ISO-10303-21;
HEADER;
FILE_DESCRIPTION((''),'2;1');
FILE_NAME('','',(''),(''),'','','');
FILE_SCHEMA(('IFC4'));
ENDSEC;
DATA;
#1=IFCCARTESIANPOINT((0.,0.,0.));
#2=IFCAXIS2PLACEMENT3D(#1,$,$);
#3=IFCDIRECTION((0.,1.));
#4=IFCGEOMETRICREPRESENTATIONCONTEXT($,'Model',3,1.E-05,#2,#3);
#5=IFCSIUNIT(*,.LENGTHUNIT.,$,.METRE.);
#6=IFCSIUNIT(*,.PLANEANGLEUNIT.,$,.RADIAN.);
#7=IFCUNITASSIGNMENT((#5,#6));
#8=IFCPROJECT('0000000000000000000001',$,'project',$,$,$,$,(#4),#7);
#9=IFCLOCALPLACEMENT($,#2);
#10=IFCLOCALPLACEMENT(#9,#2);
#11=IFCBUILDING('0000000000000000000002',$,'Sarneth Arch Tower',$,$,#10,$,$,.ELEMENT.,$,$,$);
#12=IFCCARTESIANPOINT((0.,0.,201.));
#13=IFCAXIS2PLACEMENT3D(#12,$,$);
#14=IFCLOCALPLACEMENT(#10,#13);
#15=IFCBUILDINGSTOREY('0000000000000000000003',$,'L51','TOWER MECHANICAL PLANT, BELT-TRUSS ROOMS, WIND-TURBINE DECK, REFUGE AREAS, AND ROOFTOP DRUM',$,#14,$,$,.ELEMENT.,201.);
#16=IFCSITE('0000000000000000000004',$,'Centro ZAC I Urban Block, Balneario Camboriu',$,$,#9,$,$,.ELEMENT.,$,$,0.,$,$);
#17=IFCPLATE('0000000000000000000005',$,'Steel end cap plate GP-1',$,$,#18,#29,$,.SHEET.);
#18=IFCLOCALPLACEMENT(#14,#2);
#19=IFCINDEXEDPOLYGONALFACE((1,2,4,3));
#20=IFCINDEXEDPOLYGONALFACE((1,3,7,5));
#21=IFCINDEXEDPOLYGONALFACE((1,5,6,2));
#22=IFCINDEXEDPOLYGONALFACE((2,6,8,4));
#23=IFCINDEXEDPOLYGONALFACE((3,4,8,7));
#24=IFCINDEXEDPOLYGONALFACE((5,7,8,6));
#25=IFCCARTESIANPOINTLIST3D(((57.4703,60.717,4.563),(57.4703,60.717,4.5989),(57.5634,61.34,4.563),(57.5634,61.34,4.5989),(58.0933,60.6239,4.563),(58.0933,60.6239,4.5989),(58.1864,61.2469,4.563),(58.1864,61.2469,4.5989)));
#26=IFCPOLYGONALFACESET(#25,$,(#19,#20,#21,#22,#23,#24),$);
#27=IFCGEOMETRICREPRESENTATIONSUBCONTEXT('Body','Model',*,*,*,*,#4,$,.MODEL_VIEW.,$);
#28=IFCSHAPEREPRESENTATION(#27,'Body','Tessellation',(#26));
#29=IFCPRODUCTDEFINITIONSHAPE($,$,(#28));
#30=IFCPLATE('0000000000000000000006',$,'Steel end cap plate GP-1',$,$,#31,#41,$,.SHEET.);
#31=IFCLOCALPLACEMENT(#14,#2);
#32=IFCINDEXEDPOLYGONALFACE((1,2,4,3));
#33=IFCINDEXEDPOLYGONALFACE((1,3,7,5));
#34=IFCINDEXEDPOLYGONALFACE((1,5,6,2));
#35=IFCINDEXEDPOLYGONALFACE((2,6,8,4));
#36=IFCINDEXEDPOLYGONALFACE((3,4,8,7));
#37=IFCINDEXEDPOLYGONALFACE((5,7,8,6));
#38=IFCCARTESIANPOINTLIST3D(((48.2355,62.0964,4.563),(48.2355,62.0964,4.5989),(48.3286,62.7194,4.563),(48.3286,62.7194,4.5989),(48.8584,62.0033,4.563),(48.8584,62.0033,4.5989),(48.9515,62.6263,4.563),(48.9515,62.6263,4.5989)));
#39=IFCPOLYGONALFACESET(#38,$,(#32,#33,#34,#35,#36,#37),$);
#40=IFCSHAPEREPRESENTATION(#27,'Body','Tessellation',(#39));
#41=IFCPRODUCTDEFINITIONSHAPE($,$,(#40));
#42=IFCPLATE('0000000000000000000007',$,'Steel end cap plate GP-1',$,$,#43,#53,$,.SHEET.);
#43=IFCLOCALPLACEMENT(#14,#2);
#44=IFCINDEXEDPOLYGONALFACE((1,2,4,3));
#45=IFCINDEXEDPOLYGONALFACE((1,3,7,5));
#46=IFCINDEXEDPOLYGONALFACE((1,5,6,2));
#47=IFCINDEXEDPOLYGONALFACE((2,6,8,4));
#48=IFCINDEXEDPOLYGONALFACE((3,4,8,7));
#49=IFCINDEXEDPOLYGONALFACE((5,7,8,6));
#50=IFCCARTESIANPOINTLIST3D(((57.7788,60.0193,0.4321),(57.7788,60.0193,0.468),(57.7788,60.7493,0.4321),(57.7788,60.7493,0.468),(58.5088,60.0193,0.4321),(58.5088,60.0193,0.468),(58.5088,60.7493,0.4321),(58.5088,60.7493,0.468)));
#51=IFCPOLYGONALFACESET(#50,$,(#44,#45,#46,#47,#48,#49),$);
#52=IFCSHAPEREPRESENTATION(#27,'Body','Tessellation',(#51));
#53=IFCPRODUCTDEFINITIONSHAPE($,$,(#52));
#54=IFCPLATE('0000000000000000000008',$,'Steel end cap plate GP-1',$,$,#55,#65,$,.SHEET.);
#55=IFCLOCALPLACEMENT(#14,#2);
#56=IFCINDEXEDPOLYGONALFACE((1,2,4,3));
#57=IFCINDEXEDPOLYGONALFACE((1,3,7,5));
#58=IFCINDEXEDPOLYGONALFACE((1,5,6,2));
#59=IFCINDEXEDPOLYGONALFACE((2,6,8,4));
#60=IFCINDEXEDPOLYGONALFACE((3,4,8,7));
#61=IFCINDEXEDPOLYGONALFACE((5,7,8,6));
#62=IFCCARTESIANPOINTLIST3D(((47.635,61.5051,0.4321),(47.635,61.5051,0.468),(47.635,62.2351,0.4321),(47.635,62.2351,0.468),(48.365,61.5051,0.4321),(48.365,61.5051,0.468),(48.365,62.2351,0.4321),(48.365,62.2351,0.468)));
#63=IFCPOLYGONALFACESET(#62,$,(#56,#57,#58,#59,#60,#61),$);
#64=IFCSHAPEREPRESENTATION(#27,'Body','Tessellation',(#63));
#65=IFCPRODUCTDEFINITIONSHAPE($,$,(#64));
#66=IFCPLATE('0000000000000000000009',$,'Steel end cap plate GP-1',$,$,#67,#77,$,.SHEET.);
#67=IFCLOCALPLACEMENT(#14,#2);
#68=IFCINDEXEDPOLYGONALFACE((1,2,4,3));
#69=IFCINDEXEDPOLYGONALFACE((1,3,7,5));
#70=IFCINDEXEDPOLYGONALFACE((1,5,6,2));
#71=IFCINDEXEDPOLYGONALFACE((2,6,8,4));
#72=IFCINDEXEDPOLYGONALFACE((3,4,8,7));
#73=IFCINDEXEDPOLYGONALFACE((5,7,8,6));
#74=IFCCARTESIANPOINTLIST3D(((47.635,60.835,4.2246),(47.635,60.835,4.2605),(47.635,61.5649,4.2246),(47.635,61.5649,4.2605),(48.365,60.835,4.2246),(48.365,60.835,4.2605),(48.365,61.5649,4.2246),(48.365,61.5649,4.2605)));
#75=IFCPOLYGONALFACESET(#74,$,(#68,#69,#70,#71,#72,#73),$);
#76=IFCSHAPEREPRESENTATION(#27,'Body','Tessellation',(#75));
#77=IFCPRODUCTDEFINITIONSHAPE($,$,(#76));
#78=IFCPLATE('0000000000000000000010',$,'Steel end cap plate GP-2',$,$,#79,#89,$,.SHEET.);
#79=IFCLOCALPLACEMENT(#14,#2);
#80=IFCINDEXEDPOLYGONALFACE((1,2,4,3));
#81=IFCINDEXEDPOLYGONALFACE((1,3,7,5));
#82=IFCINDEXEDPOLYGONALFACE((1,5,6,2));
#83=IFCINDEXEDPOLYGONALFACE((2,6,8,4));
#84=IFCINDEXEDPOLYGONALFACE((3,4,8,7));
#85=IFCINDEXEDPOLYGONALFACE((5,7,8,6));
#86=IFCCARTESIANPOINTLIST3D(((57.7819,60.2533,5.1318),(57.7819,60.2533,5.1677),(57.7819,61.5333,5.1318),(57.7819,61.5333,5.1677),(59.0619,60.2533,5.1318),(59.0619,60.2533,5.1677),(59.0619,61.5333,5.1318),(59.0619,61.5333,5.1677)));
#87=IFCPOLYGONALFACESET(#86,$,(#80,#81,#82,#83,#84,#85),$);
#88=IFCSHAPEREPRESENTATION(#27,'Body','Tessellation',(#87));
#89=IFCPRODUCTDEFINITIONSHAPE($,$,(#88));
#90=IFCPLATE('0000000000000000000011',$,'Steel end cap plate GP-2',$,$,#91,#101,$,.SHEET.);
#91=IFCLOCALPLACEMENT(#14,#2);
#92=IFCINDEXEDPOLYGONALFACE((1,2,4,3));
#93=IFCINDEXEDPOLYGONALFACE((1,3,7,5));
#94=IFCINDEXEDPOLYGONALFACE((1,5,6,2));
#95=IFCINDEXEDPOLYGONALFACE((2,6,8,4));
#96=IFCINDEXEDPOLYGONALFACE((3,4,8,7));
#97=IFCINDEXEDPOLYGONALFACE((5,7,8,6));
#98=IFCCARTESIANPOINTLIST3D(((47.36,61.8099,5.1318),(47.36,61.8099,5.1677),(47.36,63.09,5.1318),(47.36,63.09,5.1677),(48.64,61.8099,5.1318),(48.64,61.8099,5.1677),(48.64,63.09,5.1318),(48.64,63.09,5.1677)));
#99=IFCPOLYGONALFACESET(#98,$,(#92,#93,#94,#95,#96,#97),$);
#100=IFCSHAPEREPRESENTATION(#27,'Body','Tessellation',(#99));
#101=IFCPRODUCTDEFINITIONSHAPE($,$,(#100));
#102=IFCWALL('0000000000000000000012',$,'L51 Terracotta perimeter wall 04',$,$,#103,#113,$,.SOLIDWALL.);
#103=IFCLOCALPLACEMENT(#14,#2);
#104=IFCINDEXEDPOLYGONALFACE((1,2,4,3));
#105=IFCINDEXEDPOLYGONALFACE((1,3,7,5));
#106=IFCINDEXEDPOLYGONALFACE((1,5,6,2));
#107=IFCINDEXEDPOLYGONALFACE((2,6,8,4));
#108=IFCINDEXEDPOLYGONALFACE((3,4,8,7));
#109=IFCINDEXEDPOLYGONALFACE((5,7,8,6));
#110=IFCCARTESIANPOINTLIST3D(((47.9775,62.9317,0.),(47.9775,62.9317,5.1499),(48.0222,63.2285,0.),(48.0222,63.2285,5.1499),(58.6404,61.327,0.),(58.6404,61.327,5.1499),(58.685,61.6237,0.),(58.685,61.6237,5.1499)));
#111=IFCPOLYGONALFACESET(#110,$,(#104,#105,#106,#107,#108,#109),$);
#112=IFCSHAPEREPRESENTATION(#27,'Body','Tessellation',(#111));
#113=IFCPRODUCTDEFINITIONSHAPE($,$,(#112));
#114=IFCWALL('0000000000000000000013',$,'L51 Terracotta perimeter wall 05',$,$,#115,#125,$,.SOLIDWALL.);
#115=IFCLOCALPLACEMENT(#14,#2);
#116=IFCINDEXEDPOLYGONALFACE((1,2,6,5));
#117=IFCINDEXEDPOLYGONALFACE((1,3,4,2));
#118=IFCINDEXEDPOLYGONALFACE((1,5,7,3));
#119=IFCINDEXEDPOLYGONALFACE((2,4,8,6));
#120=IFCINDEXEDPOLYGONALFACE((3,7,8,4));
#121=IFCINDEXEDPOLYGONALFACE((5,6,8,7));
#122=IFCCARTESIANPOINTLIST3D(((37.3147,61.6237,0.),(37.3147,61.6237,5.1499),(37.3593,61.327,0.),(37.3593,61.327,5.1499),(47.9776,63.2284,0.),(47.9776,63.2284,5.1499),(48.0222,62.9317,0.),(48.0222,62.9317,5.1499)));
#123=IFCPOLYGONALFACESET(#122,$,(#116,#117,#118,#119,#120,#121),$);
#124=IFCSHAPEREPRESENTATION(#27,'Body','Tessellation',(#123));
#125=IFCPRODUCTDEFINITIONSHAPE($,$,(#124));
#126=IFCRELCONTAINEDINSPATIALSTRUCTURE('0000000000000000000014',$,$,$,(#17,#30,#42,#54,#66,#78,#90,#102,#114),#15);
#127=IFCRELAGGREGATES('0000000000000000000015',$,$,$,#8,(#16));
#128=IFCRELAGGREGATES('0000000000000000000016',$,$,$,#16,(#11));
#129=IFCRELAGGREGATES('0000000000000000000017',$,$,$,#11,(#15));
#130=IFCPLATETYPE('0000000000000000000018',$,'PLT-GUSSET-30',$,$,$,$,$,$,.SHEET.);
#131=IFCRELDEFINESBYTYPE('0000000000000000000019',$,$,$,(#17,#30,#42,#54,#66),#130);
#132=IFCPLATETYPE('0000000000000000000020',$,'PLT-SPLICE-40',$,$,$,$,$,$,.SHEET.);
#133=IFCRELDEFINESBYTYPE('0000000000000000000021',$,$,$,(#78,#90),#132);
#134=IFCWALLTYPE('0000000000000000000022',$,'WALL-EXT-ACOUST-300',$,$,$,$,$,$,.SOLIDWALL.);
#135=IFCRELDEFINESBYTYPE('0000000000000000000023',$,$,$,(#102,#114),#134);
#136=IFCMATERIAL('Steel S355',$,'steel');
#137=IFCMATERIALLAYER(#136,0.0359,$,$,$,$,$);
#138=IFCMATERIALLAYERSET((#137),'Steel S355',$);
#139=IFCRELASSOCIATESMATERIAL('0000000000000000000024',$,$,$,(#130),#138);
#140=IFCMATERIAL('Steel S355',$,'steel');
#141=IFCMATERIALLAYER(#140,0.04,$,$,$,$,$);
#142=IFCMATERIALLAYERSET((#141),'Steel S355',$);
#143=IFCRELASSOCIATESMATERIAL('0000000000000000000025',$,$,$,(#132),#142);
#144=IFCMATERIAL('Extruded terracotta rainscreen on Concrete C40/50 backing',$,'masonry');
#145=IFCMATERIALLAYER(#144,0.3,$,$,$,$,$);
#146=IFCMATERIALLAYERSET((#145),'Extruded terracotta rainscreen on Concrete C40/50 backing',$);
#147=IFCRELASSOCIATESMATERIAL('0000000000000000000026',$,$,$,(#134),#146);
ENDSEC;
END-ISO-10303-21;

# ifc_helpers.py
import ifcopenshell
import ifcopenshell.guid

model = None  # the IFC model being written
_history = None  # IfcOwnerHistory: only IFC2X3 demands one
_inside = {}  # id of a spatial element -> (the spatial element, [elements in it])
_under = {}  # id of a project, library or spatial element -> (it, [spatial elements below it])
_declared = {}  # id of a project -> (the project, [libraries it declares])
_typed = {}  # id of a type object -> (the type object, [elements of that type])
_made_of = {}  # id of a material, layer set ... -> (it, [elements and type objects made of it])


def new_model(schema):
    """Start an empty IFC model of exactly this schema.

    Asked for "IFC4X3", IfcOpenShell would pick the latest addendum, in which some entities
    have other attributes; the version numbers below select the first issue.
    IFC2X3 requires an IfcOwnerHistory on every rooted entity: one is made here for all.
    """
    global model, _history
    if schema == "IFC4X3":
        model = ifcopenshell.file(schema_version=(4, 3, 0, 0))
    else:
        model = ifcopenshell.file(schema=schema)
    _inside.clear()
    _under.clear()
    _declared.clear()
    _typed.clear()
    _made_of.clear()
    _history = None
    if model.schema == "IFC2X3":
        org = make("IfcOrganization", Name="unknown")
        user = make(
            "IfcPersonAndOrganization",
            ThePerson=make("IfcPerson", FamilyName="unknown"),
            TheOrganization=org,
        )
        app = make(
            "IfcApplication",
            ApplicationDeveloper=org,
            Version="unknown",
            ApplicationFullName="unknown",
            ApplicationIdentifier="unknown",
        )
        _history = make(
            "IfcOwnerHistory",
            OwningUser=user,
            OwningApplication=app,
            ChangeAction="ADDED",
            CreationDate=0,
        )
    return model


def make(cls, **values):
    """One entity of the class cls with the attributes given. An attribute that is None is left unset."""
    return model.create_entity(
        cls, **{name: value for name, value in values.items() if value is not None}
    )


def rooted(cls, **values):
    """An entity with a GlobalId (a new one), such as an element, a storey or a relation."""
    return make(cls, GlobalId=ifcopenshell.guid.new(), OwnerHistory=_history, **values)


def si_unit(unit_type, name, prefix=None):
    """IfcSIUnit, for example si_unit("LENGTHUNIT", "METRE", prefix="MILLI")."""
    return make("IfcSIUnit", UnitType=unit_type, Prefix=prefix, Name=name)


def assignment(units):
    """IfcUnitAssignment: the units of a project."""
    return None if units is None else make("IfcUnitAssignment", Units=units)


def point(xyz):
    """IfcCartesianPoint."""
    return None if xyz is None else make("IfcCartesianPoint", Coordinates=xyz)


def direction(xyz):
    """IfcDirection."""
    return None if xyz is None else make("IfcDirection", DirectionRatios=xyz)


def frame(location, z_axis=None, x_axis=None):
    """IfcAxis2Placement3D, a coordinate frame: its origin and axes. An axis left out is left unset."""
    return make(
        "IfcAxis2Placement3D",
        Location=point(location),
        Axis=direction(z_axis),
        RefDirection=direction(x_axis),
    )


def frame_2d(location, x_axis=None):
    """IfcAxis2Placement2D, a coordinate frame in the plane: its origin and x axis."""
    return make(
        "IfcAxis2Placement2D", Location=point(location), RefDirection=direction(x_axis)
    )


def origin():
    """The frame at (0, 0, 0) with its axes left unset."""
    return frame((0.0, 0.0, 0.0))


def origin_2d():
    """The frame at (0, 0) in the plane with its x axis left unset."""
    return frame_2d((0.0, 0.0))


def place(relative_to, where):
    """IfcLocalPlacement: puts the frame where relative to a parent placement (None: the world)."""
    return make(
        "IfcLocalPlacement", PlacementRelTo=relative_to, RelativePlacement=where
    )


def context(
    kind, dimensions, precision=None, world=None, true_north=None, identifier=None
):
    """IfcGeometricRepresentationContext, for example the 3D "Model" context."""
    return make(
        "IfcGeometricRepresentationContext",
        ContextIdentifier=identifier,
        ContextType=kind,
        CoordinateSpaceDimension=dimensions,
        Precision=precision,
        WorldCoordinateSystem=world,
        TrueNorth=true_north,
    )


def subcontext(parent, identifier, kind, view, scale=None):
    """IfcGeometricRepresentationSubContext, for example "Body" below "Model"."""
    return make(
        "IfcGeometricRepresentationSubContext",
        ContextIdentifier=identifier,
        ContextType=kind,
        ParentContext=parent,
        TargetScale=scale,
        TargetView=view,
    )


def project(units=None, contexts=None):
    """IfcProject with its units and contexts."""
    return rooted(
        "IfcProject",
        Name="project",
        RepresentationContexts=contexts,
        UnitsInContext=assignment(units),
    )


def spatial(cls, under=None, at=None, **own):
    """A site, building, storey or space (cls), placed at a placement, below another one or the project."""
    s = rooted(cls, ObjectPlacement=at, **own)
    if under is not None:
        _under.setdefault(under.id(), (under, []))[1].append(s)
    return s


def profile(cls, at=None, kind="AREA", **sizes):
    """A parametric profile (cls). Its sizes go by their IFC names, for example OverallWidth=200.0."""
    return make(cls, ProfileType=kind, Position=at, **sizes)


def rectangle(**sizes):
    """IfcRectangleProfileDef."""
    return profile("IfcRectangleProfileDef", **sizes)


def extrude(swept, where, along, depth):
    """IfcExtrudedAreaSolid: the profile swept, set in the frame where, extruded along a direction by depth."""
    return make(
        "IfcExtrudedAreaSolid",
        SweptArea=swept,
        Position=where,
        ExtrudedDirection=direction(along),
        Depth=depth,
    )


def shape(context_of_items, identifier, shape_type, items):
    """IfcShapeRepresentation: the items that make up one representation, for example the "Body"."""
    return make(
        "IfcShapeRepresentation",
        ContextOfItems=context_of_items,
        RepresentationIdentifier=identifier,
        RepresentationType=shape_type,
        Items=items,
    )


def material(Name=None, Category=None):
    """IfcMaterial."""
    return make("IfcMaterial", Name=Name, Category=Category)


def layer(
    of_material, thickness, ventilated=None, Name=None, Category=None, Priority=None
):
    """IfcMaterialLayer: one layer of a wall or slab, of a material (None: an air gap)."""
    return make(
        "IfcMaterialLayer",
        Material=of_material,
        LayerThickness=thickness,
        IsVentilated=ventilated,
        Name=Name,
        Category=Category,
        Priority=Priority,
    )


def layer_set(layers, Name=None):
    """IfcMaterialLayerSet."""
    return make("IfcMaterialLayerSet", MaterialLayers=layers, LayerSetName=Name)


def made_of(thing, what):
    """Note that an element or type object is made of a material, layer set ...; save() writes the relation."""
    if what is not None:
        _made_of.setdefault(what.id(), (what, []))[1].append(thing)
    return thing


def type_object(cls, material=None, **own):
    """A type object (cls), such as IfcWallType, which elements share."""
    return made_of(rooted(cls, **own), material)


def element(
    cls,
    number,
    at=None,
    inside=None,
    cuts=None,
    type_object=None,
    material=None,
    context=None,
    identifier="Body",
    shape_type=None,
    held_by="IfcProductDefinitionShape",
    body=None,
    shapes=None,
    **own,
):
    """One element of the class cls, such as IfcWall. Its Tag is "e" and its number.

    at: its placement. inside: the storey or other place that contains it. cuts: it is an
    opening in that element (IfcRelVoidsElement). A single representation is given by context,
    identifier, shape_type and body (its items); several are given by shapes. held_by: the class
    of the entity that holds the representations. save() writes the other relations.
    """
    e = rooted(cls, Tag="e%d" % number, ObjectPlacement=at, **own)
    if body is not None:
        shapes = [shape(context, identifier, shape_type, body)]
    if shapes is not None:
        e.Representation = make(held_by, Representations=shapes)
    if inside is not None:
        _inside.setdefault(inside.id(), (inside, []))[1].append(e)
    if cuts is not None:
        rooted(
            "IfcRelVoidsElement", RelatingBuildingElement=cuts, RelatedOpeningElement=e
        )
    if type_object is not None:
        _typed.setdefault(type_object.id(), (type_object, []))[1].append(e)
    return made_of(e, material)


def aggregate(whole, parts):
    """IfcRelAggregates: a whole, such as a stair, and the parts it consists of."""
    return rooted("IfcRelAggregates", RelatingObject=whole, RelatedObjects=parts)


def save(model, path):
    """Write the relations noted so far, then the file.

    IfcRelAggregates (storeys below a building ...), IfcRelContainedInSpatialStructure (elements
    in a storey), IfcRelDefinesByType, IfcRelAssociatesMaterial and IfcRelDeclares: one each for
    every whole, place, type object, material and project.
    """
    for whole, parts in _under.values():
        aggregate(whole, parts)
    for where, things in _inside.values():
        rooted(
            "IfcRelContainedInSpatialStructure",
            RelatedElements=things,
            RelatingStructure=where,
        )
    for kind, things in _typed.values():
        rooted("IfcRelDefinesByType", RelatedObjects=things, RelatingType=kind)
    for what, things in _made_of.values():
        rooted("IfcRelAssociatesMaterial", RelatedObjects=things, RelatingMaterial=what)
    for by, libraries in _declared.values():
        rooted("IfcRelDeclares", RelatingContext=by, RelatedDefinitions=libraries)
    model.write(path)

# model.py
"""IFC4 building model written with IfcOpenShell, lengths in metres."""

from ifc_helpers import new_model, si_unit, direction, frame, frame_2d, origin, origin_2d, place, context, subcontext, project, spatial, rectangle, extrude, material, layer, layer_set, type_object, element, save


model = new_model("IFC4")

# Units and contexts
model_context = context("Model", 3, precision=1e-05, world=origin(), true_north=direction((0.0, 1.0)))
body_context = subcontext(model_context, "Body", "Model", "MODEL_VIEW")
ifc_project = project(units=[si_unit("LENGTHUNIT", "METRE"), si_unit("PLANEANGLEUNIT", "RADIAN")], contexts=[model_context])

# Site, building, storey
site_placement = place(None, origin())
site = spatial("IfcSite", under=ifc_project, at=site_placement, Name="Centro ZAC I Urban Block, Balneario Camboriu", CompositionType="ELEMENT", RefElevation=0.0)
building_placement = place(site_placement, origin())
building = spatial("IfcBuilding", under=site, at=building_placement, Name="Sarneth Arch Tower", CompositionType="ELEMENT")
storey_placement = place(building_placement, frame((0.0, 0.0, 201.0)))
storey = spatial("IfcBuildingStorey", under=building, at=storey_placement, Name="L51", Description="TOWER MECHANICAL PLANT, BELT-TRUSS ROOMS, WIND-TURBINE DECK, REFUGE AREAS, AND ROOFTOP DRUM", CompositionType="ELEMENT", Elevation=201.0)

# Plates
ifc_material_1 = material(Name="Steel S355", Category="steel")
ifc_layer_1 = layer(ifc_material_1, 0.0359)
ifc_layer_set_1 = layer_set([ifc_layer_1], Name="Steel S355")
plate_type_1 = type_object("IfcPlateType", Name="PLT-GUSSET-30", PredefinedType="SHEET", material=ifc_layer_set_1)
for number, where, z_axis, x_axis, name in (
    (1, (57.8284, 60.9819, 4.563), (0.0, 0.0, 1.0), (0.989016, -0.147809, 0.0), "Steel end cap plate GP-1"),
    (2, (48.5935, 62.3613, 4.563), (0.0, 0.0, 1.0), (-0.989016, 0.147809, 0.0), "Steel end cap plate GP-1"),
):
    element("IfcPlate", number, at=place(storey_placement, frame(where, z_axis=z_axis, x_axis=x_axis)), inside=storey, type_object=plate_type_1, Name=name, PredefinedType="SHEET", context=body_context, shape_type="SweptSolid", body=[
        extrude(rectangle(XDim=0.6299, YDim=0.6299, at=origin_2d()), origin(), (0.0, 0.0, 1.0), 0.0359),
    ])
for number, where, z_axis, x_axis, name in (
    (3, (58.1438, 60.3843, 0.4321), (0.0, 0.0, 1.0), (1.0, 0.0, 0.0), "Steel end cap plate GP-1"),
    (4, (48.0, 61.8701, 0.4321), (0.0, 0.0, 1.0), (1.0, 0.0, 0.0), "Steel end cap plate GP-1"),
    (5, (48.0, 61.2, 4.2246), (0.0, 0.0, 1.0), (1.0, 0.0, 0.0), "Steel end cap plate GP-1"),
):
    element("IfcPlate", number, at=place(storey_placement, frame(where, z_axis=z_axis, x_axis=x_axis)), inside=storey, type_object=plate_type_1, Name=name, PredefinedType="SHEET", context=body_context, shape_type="SweptSolid", body=[
        extrude(rectangle(XDim=0.73, YDim=0.73, at=origin_2d()), origin(), (0.0, 0.0, 1.0), 0.0359),
    ])
ifc_material_2 = material(Name="Steel S355", Category="steel")
ifc_layer_2 = layer(ifc_material_2, 0.04)
ifc_layer_set_2 = layer_set([ifc_layer_2], Name="Steel S355")
plate_type_2 = type_object("IfcPlateType", Name="PLT-SPLICE-40", PredefinedType="SHEET", material=ifc_layer_set_2)
for number, where, z_axis, x_axis, name in (
    (6, (58.4219, 60.8933, 5.1318), (0.0, 0.0, 1.0), (1.0, 0.0, 0.0), "Steel end cap plate GP-2"),
    (7, (48.0, 62.45, 5.1318), (0.0, 0.0, 1.0), (1.0, 0.0, 0.0), "Steel end cap plate GP-2"),
):
    element("IfcPlate", number, at=place(storey_placement, frame(where, z_axis=z_axis, x_axis=x_axis)), inside=storey, type_object=plate_type_2, Name=name, PredefinedType="SHEET", context=body_context, shape_type="SweptSolid", body=[
        extrude(rectangle(XDim=1.28, YDim=1.28, at=origin_2d()), origin(), (0.0, 0.0, 1.0), 0.0359),
    ])

# Walls
ifc_material_3 = material(Name="Extruded terracotta rainscreen on Concrete C40/50 backing", Category="masonry")
ifc_layer_3 = layer(ifc_material_3, 0.3)
ifc_layer_set_3 = layer_set([ifc_layer_3], Name="Extruded terracotta rainscreen on Concrete C40/50 backing")
wall_type = type_object("IfcWallType", Name="WALL-EXT-ACOUST-300", PredefinedType="SOLIDWALL", material=ifc_layer_set_3)
for number, where, z_axis, x_axis, name in (
    (8, (58.6628, 61.4753, 0.0), (0.0, 0.0, 1.0), (-0.988864, 0.148822, 0.0), "L51 Terracotta perimeter wall 04"),
    (9, (48.0, 63.0801, 0.0), (0.0, 0.0, 1.0), (-0.988864, -0.148822, 0.0), "L51 Terracotta perimeter wall 05"),
):
    element("IfcWall", number, at=place(storey_placement, frame(where, z_axis=z_axis, x_axis=x_axis)), inside=storey, type_object=wall_type, Name=name, PredefinedType="SOLIDWALL", context=body_context, shape_type="SweptSolid", body=[
        extrude(rectangle(XDim=10.783, YDim=0.3, at=frame_2d((5.3916, 0.0))), origin(), (0.0, 0.0, 1.0), 5.1499),
    ])

save(model, "model.ifc")
